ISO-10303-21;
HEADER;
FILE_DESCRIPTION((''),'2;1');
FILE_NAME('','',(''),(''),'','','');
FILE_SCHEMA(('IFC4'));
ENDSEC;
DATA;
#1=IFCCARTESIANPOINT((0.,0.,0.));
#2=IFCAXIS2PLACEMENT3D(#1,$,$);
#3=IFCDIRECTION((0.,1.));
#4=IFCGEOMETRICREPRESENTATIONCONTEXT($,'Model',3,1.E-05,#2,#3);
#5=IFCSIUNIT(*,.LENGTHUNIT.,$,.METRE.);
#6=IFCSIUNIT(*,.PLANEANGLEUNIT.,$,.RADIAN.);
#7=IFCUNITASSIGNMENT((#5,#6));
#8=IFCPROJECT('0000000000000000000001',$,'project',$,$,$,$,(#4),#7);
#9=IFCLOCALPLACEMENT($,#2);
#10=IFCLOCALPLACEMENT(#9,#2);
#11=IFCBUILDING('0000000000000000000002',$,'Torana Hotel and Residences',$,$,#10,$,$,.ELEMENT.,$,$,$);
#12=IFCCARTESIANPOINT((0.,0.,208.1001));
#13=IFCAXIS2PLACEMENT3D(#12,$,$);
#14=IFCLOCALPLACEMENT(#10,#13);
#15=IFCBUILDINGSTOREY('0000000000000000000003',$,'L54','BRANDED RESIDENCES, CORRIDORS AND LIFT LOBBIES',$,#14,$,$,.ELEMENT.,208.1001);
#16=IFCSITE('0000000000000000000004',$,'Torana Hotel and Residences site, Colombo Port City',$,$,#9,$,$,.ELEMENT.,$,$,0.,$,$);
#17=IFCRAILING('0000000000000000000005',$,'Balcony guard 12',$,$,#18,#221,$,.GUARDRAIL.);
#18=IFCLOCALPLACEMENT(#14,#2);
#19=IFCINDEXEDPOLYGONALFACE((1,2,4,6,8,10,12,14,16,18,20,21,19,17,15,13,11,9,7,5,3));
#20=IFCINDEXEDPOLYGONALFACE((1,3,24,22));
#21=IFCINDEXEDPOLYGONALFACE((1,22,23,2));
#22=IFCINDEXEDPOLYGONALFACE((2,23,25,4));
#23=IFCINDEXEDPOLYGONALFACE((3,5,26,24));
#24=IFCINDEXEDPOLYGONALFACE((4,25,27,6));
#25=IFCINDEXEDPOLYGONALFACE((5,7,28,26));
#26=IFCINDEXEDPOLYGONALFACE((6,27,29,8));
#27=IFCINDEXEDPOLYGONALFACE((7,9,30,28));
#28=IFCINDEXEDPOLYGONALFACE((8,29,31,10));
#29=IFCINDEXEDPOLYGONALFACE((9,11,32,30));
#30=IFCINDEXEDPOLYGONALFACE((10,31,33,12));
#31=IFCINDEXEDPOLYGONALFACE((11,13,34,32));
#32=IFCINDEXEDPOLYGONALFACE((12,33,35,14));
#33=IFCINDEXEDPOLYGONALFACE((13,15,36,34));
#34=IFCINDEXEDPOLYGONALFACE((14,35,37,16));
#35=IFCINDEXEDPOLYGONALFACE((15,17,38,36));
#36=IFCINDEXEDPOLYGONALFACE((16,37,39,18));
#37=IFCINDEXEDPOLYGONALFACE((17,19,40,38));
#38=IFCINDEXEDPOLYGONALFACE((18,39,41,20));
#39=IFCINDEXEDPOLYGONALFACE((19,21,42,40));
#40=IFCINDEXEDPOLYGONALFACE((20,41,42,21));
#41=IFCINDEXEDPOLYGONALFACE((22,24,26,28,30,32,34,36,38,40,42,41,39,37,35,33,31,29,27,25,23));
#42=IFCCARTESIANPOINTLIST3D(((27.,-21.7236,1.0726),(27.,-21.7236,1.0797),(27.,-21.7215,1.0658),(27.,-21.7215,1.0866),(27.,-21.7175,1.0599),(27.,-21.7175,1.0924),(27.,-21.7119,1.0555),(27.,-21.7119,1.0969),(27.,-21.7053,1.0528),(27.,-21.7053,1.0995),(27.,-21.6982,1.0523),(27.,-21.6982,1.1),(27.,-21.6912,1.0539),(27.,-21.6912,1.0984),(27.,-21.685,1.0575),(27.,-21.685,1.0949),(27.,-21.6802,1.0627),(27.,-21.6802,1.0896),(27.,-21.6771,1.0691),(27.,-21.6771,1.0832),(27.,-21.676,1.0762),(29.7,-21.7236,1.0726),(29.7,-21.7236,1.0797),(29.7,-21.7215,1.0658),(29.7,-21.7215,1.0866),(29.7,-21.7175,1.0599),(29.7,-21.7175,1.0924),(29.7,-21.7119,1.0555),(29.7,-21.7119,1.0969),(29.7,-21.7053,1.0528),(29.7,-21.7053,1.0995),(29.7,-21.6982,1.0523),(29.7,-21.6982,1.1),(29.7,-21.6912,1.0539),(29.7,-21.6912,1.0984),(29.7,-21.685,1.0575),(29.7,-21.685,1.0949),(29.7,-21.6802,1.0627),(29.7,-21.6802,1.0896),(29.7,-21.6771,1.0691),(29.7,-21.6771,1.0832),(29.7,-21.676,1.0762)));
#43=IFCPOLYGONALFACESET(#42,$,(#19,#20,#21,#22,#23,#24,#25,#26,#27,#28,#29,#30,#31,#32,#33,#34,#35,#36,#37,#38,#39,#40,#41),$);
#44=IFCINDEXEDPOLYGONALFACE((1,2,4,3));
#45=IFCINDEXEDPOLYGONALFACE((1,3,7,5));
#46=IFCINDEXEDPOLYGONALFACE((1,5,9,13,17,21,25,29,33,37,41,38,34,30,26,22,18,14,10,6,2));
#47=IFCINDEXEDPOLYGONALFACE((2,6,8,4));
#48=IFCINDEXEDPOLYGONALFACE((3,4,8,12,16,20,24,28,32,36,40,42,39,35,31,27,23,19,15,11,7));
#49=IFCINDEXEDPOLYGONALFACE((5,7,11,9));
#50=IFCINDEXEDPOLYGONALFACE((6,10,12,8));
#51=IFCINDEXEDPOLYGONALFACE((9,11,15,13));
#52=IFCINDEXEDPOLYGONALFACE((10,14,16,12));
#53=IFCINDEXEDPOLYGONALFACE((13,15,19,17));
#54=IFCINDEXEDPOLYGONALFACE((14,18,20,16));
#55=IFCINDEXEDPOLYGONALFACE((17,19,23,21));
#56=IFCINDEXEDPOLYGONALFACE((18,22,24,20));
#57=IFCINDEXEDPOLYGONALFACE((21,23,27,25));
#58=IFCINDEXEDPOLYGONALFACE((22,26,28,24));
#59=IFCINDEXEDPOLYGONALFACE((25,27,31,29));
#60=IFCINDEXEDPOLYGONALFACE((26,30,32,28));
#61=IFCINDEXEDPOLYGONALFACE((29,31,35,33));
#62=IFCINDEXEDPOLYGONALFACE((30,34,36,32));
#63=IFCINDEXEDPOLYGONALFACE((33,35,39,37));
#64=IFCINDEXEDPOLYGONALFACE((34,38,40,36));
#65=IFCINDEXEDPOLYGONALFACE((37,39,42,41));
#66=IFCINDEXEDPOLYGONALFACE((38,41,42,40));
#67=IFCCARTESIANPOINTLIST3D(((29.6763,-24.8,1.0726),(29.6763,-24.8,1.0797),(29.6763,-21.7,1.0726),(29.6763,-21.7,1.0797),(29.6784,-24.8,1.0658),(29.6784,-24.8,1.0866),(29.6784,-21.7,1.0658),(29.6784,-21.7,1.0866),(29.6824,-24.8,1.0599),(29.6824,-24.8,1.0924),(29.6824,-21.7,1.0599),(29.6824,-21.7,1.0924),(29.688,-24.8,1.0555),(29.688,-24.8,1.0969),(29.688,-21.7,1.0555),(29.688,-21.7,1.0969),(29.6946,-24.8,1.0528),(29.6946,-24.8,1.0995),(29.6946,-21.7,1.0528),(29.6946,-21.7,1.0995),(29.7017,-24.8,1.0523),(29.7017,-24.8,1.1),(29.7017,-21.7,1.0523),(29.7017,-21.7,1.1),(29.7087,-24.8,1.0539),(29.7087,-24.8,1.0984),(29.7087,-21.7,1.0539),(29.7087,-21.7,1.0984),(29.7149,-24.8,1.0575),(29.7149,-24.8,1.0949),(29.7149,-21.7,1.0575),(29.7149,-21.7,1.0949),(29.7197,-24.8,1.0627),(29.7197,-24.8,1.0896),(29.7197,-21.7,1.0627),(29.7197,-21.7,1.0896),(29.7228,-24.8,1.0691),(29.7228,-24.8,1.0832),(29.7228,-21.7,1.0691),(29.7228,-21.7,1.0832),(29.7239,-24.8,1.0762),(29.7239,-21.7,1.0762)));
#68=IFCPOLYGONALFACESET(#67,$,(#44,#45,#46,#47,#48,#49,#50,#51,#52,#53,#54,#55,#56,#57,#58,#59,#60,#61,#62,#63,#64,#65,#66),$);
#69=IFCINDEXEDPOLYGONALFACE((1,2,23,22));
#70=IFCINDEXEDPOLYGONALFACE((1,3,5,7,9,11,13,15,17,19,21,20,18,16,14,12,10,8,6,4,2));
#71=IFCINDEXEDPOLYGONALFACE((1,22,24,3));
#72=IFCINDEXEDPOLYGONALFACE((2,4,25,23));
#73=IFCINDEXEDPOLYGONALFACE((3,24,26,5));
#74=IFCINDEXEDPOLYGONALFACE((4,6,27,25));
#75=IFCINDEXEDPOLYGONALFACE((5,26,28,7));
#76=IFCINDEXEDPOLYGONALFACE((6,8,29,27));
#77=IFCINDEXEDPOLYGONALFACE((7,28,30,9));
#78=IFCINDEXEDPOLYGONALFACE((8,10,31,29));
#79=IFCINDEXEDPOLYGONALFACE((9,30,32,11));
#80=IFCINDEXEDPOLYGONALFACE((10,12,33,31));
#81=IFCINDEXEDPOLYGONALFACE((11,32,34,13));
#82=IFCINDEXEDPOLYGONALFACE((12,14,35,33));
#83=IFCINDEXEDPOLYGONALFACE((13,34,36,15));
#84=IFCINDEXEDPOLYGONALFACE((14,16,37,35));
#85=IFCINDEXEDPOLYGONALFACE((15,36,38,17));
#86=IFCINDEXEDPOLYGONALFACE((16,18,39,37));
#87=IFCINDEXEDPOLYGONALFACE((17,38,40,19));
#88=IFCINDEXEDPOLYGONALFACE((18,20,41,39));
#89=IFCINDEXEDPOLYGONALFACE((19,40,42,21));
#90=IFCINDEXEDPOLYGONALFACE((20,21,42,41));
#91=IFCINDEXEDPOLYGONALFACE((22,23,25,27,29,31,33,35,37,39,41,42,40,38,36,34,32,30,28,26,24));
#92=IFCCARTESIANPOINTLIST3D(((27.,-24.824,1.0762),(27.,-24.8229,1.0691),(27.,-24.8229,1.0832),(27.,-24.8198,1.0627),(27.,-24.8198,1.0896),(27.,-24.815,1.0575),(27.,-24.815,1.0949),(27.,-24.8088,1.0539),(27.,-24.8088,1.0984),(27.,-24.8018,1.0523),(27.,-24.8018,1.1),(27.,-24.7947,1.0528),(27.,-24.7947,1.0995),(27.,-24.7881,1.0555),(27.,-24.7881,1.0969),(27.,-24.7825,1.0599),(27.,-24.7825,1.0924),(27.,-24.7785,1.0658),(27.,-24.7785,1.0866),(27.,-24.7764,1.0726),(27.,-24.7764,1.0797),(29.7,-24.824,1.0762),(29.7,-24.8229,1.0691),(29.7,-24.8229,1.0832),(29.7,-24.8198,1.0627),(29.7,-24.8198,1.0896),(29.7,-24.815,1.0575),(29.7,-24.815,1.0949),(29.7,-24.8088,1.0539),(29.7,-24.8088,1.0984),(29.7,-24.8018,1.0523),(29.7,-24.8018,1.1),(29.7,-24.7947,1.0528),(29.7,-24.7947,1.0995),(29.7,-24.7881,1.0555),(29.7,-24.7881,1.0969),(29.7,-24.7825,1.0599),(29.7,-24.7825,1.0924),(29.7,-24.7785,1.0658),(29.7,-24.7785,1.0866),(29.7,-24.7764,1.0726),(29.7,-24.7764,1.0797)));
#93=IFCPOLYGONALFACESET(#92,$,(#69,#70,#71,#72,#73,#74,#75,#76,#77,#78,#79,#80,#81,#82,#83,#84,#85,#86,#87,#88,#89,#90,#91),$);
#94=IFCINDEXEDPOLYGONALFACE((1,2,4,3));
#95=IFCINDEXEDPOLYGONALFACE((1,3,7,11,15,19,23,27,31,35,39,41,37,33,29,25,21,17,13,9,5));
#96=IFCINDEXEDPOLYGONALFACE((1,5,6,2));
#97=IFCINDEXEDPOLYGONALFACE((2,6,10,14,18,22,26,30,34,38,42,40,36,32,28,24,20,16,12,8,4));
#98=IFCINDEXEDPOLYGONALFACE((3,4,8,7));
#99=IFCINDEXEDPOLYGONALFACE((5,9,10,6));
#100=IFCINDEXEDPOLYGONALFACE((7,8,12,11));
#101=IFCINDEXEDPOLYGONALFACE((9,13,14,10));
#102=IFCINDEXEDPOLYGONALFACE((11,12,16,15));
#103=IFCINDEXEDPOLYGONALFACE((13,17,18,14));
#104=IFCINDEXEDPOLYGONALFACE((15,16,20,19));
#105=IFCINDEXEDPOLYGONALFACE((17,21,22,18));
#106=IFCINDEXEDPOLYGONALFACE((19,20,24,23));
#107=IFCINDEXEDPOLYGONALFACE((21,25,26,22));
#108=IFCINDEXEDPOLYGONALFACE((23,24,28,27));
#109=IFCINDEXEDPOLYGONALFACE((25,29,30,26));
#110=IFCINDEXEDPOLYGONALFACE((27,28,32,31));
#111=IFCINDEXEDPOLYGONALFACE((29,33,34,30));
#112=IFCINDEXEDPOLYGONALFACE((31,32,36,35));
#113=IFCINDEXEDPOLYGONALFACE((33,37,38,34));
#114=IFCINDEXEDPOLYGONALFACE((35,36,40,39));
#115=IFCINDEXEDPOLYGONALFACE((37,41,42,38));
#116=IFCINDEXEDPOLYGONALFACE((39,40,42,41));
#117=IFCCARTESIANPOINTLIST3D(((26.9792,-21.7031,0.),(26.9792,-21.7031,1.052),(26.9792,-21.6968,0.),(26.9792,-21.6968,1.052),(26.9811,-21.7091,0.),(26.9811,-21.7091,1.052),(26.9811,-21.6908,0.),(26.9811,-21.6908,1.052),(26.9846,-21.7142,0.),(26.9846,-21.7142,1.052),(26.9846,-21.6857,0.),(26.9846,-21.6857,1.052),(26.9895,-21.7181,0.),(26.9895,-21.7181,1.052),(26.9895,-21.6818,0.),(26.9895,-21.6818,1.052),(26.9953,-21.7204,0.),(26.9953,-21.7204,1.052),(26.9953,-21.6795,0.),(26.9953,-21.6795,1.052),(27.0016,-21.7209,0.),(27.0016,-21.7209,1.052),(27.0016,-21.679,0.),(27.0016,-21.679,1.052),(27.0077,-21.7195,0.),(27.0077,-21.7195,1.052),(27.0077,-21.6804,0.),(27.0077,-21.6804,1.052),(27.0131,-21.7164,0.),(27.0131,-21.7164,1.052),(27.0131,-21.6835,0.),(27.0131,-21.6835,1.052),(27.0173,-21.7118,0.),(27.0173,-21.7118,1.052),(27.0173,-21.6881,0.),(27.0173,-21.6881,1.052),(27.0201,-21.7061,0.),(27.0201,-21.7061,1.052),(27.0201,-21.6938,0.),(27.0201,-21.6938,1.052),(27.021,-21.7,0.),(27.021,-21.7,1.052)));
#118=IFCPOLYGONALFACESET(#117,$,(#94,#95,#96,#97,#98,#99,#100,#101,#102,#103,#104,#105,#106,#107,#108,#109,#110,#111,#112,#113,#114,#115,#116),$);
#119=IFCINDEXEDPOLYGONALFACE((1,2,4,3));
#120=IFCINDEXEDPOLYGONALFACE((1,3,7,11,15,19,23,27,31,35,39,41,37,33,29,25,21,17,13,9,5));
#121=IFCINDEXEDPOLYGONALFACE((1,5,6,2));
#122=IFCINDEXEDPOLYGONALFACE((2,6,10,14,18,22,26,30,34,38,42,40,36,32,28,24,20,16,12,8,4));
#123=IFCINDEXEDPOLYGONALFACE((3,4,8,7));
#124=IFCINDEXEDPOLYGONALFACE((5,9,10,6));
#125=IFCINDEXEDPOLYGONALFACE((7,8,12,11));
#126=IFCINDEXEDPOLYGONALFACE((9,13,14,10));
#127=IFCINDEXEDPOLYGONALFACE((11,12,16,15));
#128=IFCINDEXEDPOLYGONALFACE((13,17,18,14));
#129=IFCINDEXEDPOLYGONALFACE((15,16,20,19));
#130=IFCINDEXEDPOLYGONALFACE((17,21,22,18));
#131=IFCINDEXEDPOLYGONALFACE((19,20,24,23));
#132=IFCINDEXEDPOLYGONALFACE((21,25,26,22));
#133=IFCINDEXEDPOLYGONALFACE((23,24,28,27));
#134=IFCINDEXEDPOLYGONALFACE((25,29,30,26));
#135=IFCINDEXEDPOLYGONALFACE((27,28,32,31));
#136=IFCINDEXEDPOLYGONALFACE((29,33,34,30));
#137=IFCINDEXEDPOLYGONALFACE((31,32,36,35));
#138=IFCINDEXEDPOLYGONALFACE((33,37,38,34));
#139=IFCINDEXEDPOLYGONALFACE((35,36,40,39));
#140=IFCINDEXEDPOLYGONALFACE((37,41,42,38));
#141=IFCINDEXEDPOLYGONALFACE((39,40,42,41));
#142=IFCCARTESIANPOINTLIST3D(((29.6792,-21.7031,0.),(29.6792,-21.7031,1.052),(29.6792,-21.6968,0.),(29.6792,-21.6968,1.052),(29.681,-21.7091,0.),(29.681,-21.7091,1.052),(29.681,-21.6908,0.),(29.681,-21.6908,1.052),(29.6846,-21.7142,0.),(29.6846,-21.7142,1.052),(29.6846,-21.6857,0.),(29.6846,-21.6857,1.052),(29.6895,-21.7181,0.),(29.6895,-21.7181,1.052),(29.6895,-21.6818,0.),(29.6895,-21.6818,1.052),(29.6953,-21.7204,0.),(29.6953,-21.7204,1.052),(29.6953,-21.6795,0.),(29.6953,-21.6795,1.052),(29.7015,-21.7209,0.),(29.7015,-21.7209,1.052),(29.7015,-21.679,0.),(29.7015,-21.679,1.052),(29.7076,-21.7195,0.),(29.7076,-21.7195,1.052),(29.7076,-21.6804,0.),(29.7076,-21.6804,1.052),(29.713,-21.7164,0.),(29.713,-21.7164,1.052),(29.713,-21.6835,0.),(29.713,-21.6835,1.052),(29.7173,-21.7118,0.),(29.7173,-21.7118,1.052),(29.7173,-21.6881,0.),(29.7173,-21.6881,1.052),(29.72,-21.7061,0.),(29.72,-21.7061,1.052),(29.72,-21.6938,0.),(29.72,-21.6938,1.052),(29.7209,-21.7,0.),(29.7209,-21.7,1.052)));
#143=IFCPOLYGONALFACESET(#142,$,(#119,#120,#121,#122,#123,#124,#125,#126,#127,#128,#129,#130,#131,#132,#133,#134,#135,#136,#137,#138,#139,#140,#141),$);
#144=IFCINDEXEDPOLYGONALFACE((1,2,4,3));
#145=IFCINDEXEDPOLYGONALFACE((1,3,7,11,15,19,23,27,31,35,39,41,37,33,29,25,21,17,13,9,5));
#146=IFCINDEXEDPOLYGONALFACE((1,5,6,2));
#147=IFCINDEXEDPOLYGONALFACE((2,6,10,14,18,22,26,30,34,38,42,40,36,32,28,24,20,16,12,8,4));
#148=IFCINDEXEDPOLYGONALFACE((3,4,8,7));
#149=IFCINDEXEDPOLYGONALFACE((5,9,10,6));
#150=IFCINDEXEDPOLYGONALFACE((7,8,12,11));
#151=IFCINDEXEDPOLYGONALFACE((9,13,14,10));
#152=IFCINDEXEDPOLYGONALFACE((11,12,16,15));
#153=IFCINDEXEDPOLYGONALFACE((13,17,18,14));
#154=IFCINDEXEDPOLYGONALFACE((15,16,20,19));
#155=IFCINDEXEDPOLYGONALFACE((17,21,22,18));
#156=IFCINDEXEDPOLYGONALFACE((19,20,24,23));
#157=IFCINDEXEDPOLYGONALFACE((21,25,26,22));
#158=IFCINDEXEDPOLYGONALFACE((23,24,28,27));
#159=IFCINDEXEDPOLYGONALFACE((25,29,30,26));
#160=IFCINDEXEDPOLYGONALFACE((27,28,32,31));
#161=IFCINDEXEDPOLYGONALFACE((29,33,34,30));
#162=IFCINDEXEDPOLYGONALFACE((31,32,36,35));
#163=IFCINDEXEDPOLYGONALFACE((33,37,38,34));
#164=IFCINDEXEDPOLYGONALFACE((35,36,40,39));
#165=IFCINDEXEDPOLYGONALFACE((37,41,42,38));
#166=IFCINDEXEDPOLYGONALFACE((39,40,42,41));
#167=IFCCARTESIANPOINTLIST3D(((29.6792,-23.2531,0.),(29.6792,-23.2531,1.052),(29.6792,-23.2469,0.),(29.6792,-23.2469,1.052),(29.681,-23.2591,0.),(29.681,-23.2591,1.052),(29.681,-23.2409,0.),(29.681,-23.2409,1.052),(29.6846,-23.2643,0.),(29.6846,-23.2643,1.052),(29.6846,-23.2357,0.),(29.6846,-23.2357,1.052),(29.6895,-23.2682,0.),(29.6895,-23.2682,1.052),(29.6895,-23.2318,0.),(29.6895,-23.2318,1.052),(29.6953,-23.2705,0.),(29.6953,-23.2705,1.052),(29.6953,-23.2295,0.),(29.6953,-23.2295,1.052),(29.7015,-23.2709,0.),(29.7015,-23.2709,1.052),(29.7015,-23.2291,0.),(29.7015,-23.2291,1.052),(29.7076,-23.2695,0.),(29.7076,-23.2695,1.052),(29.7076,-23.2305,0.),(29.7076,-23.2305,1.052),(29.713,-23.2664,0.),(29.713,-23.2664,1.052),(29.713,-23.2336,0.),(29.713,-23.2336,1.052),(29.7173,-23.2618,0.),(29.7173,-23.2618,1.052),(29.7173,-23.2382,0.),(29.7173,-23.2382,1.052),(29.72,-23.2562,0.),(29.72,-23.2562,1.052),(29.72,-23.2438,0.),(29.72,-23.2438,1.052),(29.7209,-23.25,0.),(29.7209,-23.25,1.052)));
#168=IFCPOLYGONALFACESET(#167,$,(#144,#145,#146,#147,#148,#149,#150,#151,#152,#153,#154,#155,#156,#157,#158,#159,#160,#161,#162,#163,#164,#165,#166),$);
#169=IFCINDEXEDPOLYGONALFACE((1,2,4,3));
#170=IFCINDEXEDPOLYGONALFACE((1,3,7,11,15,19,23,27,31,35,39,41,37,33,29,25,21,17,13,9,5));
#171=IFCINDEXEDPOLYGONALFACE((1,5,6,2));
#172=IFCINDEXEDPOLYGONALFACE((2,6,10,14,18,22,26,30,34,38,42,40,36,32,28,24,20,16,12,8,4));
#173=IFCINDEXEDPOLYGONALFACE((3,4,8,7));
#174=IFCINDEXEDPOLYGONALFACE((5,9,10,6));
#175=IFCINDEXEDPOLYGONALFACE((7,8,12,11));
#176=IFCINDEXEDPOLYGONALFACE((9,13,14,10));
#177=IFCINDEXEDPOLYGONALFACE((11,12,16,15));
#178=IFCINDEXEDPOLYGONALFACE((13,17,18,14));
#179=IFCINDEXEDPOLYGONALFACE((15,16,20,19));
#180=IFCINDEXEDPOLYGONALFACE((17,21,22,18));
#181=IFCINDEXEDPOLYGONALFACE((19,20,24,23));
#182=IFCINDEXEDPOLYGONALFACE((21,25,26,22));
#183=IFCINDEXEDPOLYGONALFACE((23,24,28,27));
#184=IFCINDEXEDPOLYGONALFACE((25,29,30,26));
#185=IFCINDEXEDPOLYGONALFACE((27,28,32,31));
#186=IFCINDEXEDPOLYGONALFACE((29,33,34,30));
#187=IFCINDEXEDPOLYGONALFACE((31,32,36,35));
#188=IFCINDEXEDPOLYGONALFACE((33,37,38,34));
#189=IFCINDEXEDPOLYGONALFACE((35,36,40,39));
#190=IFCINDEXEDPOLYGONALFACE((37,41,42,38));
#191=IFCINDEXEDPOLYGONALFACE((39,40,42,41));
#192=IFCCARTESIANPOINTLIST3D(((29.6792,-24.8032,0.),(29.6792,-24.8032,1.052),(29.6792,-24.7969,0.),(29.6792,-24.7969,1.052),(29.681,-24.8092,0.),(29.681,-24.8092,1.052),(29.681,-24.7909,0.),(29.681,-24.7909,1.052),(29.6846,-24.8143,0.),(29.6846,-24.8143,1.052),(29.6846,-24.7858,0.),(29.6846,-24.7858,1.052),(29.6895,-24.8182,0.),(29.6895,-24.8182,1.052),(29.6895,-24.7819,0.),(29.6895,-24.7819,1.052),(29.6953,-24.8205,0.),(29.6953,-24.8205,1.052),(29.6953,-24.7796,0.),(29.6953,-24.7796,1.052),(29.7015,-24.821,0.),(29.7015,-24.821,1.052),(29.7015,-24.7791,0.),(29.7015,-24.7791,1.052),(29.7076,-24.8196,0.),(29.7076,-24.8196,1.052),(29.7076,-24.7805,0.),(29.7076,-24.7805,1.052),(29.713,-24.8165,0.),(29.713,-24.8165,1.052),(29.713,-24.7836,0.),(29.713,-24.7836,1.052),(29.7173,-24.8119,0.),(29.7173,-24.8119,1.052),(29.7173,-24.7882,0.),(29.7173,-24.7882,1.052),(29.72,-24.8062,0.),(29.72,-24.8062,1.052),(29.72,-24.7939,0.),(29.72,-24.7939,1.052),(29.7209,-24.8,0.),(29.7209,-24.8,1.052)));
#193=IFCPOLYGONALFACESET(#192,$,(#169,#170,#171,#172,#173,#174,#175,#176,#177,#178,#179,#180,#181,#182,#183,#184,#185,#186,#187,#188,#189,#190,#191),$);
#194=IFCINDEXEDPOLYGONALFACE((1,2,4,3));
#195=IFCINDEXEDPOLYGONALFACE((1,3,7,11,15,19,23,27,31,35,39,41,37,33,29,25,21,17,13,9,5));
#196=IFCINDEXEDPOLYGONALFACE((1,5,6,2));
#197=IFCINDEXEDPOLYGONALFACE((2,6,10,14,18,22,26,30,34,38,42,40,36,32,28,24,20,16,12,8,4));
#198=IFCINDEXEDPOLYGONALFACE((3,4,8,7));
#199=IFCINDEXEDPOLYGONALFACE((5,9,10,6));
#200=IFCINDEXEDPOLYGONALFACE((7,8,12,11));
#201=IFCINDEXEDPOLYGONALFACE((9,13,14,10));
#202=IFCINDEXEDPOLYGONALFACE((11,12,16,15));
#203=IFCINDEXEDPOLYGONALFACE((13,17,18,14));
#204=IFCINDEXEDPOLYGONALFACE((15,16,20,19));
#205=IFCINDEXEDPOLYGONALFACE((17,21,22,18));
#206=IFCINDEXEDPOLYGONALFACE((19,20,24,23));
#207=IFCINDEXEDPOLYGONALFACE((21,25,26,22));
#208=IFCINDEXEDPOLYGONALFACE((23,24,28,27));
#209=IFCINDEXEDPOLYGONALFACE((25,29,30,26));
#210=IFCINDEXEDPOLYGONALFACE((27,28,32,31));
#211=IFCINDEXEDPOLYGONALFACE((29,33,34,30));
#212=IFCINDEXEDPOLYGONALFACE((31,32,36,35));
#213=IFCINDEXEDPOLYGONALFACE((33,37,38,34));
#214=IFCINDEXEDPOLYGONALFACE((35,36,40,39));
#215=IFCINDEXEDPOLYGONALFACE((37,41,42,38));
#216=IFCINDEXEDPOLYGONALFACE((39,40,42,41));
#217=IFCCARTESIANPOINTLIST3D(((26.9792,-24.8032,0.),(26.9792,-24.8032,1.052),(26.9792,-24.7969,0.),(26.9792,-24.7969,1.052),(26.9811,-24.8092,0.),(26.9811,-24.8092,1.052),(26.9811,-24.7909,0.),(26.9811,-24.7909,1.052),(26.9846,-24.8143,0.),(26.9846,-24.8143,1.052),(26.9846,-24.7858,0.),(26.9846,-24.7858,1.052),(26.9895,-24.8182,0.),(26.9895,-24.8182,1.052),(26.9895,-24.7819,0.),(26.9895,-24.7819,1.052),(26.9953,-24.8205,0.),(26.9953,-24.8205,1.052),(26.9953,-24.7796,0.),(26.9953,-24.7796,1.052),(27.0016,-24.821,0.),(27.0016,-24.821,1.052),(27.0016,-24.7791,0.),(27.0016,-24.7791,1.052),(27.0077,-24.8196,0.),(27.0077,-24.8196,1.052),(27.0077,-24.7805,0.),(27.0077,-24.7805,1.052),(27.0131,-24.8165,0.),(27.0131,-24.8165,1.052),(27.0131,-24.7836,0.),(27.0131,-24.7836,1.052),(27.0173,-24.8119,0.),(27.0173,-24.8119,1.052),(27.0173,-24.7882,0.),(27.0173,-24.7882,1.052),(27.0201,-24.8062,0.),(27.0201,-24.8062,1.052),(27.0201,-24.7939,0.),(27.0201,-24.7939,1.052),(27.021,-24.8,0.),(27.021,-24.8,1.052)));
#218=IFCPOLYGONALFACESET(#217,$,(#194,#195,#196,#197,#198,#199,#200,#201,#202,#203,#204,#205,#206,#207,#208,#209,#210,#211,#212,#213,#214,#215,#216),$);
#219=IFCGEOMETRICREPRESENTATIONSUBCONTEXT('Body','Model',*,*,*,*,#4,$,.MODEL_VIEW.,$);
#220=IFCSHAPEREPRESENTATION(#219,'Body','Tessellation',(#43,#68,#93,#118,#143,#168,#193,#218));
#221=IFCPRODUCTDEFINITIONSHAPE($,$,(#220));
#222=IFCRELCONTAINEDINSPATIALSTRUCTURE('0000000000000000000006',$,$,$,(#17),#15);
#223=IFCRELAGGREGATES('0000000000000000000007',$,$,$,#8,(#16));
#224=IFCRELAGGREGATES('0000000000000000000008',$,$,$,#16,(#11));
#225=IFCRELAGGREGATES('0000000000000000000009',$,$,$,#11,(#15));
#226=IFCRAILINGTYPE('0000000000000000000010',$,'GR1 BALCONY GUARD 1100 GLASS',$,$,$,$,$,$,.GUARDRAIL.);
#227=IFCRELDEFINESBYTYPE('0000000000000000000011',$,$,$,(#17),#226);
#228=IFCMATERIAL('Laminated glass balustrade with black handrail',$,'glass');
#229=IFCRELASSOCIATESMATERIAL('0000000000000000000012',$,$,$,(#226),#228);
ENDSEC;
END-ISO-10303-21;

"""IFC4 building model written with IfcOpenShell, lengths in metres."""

from ifc_helpers import new_model, si_unit, direction, frame, origin, origin_2d, place, context, subcontext, project, spatial, circle, extrude, material, type_object, element, save


model = new_model("IFC4")

# Units and contexts
model_context = context("Model", 3, precision=1e-05, world=origin(), true_north=direction((0.0, 1.0)))
body_context = subcontext(model_context, "Body", "Model", "MODEL_VIEW")
ifc_project = project(units=[si_unit("LENGTHUNIT", "METRE"), si_unit("PLANEANGLEUNIT", "RADIAN")], contexts=[model_context])

# Site, building, storey
site_placement = place(None, origin())
site = spatial("IfcSite", under=ifc_project, at=site_placement, Name="Torana Hotel and Residences site, Colombo Port City", CompositionType="ELEMENT", RefElevation=0.0)
building_placement = place(site_placement, origin())
building = spatial("IfcBuilding", under=site, at=building_placement, Name="Torana Hotel and Residences", CompositionType="ELEMENT")
storey_placement = place(building_placement, frame((0.0, 0.0, 208.1001)))
storey = spatial("IfcBuildingStorey", under=building, at=storey_placement, Name="L54", Description="BRANDED RESIDENCES, CORRIDORS AND LIFT LOBBIES", CompositionType="ELEMENT", Elevation=208.1001)

# Railing
ifc_material_1 = material(Name="Laminated glass balustrade with black handrail", Category="glass")
railing_type = type_object("IfcRailingType", Name="GR1 BALCONY GUARD 1100 GLASS", PredefinedType="GUARDRAIL", material=ifc_material_1)
railing_1_placement = place(storey_placement, frame((27.0, -21.7, 0.0)))
element("IfcRailing", 1, at=railing_1_placement, inside=storey, type_object=railing_type, Name="Balcony guard 12", PredefinedType="GUARDRAIL", context=body_context, shape_type="SweptSolid", body=[
    extrude(circle(Radius=0.0239, at=origin_2d()), frame((0.0, 0.0, 1.0762), z_axis=(1.0, 0.0, 0.0), x_axis=(0.0, 1.0, 0.0)), (0.0, 0.0, 1.0), 2.7),
    extrude(circle(Radius=0.0239, at=origin_2d()), frame((2.7, 0.0, 1.0762), z_axis=(0.0, -1.0, 0.0), x_axis=(1.0, 0.0, 0.0)), (0.0, 0.0, 1.0), 3.1001),
    extrude(circle(Radius=0.0239, at=origin_2d()), frame((2.7, -3.1001, 1.0762), z_axis=(-1.0, 0.0, 0.0), x_axis=(0.0, -1.0, 0.0)), (0.0, 0.0, 1.0), 2.7),
    extrude(circle(Radius=0.021, at=origin_2d()), origin(), (0.0, 0.0, 1.0), 1.052),
    extrude(circle(Radius=0.021, at=origin_2d()), frame((2.7, 0.0, 0.0)), (0.0, 0.0, 1.0), 1.052),
    extrude(circle(Radius=0.021, at=origin_2d()), frame((2.7, -1.55, 0.0)), (0.0, 0.0, 1.0), 1.052),
    extrude(circle(Radius=0.021, at=origin_2d()), frame((2.7, -3.1001, 0.0)), (0.0, 0.0, 1.0), 1.052),
    extrude(circle(Radius=0.021, at=origin_2d()), frame((0.0, -3.1001, 0.0)), (0.0, 0.0, 1.0), 1.052),
])

save(model, "model.ifc")
